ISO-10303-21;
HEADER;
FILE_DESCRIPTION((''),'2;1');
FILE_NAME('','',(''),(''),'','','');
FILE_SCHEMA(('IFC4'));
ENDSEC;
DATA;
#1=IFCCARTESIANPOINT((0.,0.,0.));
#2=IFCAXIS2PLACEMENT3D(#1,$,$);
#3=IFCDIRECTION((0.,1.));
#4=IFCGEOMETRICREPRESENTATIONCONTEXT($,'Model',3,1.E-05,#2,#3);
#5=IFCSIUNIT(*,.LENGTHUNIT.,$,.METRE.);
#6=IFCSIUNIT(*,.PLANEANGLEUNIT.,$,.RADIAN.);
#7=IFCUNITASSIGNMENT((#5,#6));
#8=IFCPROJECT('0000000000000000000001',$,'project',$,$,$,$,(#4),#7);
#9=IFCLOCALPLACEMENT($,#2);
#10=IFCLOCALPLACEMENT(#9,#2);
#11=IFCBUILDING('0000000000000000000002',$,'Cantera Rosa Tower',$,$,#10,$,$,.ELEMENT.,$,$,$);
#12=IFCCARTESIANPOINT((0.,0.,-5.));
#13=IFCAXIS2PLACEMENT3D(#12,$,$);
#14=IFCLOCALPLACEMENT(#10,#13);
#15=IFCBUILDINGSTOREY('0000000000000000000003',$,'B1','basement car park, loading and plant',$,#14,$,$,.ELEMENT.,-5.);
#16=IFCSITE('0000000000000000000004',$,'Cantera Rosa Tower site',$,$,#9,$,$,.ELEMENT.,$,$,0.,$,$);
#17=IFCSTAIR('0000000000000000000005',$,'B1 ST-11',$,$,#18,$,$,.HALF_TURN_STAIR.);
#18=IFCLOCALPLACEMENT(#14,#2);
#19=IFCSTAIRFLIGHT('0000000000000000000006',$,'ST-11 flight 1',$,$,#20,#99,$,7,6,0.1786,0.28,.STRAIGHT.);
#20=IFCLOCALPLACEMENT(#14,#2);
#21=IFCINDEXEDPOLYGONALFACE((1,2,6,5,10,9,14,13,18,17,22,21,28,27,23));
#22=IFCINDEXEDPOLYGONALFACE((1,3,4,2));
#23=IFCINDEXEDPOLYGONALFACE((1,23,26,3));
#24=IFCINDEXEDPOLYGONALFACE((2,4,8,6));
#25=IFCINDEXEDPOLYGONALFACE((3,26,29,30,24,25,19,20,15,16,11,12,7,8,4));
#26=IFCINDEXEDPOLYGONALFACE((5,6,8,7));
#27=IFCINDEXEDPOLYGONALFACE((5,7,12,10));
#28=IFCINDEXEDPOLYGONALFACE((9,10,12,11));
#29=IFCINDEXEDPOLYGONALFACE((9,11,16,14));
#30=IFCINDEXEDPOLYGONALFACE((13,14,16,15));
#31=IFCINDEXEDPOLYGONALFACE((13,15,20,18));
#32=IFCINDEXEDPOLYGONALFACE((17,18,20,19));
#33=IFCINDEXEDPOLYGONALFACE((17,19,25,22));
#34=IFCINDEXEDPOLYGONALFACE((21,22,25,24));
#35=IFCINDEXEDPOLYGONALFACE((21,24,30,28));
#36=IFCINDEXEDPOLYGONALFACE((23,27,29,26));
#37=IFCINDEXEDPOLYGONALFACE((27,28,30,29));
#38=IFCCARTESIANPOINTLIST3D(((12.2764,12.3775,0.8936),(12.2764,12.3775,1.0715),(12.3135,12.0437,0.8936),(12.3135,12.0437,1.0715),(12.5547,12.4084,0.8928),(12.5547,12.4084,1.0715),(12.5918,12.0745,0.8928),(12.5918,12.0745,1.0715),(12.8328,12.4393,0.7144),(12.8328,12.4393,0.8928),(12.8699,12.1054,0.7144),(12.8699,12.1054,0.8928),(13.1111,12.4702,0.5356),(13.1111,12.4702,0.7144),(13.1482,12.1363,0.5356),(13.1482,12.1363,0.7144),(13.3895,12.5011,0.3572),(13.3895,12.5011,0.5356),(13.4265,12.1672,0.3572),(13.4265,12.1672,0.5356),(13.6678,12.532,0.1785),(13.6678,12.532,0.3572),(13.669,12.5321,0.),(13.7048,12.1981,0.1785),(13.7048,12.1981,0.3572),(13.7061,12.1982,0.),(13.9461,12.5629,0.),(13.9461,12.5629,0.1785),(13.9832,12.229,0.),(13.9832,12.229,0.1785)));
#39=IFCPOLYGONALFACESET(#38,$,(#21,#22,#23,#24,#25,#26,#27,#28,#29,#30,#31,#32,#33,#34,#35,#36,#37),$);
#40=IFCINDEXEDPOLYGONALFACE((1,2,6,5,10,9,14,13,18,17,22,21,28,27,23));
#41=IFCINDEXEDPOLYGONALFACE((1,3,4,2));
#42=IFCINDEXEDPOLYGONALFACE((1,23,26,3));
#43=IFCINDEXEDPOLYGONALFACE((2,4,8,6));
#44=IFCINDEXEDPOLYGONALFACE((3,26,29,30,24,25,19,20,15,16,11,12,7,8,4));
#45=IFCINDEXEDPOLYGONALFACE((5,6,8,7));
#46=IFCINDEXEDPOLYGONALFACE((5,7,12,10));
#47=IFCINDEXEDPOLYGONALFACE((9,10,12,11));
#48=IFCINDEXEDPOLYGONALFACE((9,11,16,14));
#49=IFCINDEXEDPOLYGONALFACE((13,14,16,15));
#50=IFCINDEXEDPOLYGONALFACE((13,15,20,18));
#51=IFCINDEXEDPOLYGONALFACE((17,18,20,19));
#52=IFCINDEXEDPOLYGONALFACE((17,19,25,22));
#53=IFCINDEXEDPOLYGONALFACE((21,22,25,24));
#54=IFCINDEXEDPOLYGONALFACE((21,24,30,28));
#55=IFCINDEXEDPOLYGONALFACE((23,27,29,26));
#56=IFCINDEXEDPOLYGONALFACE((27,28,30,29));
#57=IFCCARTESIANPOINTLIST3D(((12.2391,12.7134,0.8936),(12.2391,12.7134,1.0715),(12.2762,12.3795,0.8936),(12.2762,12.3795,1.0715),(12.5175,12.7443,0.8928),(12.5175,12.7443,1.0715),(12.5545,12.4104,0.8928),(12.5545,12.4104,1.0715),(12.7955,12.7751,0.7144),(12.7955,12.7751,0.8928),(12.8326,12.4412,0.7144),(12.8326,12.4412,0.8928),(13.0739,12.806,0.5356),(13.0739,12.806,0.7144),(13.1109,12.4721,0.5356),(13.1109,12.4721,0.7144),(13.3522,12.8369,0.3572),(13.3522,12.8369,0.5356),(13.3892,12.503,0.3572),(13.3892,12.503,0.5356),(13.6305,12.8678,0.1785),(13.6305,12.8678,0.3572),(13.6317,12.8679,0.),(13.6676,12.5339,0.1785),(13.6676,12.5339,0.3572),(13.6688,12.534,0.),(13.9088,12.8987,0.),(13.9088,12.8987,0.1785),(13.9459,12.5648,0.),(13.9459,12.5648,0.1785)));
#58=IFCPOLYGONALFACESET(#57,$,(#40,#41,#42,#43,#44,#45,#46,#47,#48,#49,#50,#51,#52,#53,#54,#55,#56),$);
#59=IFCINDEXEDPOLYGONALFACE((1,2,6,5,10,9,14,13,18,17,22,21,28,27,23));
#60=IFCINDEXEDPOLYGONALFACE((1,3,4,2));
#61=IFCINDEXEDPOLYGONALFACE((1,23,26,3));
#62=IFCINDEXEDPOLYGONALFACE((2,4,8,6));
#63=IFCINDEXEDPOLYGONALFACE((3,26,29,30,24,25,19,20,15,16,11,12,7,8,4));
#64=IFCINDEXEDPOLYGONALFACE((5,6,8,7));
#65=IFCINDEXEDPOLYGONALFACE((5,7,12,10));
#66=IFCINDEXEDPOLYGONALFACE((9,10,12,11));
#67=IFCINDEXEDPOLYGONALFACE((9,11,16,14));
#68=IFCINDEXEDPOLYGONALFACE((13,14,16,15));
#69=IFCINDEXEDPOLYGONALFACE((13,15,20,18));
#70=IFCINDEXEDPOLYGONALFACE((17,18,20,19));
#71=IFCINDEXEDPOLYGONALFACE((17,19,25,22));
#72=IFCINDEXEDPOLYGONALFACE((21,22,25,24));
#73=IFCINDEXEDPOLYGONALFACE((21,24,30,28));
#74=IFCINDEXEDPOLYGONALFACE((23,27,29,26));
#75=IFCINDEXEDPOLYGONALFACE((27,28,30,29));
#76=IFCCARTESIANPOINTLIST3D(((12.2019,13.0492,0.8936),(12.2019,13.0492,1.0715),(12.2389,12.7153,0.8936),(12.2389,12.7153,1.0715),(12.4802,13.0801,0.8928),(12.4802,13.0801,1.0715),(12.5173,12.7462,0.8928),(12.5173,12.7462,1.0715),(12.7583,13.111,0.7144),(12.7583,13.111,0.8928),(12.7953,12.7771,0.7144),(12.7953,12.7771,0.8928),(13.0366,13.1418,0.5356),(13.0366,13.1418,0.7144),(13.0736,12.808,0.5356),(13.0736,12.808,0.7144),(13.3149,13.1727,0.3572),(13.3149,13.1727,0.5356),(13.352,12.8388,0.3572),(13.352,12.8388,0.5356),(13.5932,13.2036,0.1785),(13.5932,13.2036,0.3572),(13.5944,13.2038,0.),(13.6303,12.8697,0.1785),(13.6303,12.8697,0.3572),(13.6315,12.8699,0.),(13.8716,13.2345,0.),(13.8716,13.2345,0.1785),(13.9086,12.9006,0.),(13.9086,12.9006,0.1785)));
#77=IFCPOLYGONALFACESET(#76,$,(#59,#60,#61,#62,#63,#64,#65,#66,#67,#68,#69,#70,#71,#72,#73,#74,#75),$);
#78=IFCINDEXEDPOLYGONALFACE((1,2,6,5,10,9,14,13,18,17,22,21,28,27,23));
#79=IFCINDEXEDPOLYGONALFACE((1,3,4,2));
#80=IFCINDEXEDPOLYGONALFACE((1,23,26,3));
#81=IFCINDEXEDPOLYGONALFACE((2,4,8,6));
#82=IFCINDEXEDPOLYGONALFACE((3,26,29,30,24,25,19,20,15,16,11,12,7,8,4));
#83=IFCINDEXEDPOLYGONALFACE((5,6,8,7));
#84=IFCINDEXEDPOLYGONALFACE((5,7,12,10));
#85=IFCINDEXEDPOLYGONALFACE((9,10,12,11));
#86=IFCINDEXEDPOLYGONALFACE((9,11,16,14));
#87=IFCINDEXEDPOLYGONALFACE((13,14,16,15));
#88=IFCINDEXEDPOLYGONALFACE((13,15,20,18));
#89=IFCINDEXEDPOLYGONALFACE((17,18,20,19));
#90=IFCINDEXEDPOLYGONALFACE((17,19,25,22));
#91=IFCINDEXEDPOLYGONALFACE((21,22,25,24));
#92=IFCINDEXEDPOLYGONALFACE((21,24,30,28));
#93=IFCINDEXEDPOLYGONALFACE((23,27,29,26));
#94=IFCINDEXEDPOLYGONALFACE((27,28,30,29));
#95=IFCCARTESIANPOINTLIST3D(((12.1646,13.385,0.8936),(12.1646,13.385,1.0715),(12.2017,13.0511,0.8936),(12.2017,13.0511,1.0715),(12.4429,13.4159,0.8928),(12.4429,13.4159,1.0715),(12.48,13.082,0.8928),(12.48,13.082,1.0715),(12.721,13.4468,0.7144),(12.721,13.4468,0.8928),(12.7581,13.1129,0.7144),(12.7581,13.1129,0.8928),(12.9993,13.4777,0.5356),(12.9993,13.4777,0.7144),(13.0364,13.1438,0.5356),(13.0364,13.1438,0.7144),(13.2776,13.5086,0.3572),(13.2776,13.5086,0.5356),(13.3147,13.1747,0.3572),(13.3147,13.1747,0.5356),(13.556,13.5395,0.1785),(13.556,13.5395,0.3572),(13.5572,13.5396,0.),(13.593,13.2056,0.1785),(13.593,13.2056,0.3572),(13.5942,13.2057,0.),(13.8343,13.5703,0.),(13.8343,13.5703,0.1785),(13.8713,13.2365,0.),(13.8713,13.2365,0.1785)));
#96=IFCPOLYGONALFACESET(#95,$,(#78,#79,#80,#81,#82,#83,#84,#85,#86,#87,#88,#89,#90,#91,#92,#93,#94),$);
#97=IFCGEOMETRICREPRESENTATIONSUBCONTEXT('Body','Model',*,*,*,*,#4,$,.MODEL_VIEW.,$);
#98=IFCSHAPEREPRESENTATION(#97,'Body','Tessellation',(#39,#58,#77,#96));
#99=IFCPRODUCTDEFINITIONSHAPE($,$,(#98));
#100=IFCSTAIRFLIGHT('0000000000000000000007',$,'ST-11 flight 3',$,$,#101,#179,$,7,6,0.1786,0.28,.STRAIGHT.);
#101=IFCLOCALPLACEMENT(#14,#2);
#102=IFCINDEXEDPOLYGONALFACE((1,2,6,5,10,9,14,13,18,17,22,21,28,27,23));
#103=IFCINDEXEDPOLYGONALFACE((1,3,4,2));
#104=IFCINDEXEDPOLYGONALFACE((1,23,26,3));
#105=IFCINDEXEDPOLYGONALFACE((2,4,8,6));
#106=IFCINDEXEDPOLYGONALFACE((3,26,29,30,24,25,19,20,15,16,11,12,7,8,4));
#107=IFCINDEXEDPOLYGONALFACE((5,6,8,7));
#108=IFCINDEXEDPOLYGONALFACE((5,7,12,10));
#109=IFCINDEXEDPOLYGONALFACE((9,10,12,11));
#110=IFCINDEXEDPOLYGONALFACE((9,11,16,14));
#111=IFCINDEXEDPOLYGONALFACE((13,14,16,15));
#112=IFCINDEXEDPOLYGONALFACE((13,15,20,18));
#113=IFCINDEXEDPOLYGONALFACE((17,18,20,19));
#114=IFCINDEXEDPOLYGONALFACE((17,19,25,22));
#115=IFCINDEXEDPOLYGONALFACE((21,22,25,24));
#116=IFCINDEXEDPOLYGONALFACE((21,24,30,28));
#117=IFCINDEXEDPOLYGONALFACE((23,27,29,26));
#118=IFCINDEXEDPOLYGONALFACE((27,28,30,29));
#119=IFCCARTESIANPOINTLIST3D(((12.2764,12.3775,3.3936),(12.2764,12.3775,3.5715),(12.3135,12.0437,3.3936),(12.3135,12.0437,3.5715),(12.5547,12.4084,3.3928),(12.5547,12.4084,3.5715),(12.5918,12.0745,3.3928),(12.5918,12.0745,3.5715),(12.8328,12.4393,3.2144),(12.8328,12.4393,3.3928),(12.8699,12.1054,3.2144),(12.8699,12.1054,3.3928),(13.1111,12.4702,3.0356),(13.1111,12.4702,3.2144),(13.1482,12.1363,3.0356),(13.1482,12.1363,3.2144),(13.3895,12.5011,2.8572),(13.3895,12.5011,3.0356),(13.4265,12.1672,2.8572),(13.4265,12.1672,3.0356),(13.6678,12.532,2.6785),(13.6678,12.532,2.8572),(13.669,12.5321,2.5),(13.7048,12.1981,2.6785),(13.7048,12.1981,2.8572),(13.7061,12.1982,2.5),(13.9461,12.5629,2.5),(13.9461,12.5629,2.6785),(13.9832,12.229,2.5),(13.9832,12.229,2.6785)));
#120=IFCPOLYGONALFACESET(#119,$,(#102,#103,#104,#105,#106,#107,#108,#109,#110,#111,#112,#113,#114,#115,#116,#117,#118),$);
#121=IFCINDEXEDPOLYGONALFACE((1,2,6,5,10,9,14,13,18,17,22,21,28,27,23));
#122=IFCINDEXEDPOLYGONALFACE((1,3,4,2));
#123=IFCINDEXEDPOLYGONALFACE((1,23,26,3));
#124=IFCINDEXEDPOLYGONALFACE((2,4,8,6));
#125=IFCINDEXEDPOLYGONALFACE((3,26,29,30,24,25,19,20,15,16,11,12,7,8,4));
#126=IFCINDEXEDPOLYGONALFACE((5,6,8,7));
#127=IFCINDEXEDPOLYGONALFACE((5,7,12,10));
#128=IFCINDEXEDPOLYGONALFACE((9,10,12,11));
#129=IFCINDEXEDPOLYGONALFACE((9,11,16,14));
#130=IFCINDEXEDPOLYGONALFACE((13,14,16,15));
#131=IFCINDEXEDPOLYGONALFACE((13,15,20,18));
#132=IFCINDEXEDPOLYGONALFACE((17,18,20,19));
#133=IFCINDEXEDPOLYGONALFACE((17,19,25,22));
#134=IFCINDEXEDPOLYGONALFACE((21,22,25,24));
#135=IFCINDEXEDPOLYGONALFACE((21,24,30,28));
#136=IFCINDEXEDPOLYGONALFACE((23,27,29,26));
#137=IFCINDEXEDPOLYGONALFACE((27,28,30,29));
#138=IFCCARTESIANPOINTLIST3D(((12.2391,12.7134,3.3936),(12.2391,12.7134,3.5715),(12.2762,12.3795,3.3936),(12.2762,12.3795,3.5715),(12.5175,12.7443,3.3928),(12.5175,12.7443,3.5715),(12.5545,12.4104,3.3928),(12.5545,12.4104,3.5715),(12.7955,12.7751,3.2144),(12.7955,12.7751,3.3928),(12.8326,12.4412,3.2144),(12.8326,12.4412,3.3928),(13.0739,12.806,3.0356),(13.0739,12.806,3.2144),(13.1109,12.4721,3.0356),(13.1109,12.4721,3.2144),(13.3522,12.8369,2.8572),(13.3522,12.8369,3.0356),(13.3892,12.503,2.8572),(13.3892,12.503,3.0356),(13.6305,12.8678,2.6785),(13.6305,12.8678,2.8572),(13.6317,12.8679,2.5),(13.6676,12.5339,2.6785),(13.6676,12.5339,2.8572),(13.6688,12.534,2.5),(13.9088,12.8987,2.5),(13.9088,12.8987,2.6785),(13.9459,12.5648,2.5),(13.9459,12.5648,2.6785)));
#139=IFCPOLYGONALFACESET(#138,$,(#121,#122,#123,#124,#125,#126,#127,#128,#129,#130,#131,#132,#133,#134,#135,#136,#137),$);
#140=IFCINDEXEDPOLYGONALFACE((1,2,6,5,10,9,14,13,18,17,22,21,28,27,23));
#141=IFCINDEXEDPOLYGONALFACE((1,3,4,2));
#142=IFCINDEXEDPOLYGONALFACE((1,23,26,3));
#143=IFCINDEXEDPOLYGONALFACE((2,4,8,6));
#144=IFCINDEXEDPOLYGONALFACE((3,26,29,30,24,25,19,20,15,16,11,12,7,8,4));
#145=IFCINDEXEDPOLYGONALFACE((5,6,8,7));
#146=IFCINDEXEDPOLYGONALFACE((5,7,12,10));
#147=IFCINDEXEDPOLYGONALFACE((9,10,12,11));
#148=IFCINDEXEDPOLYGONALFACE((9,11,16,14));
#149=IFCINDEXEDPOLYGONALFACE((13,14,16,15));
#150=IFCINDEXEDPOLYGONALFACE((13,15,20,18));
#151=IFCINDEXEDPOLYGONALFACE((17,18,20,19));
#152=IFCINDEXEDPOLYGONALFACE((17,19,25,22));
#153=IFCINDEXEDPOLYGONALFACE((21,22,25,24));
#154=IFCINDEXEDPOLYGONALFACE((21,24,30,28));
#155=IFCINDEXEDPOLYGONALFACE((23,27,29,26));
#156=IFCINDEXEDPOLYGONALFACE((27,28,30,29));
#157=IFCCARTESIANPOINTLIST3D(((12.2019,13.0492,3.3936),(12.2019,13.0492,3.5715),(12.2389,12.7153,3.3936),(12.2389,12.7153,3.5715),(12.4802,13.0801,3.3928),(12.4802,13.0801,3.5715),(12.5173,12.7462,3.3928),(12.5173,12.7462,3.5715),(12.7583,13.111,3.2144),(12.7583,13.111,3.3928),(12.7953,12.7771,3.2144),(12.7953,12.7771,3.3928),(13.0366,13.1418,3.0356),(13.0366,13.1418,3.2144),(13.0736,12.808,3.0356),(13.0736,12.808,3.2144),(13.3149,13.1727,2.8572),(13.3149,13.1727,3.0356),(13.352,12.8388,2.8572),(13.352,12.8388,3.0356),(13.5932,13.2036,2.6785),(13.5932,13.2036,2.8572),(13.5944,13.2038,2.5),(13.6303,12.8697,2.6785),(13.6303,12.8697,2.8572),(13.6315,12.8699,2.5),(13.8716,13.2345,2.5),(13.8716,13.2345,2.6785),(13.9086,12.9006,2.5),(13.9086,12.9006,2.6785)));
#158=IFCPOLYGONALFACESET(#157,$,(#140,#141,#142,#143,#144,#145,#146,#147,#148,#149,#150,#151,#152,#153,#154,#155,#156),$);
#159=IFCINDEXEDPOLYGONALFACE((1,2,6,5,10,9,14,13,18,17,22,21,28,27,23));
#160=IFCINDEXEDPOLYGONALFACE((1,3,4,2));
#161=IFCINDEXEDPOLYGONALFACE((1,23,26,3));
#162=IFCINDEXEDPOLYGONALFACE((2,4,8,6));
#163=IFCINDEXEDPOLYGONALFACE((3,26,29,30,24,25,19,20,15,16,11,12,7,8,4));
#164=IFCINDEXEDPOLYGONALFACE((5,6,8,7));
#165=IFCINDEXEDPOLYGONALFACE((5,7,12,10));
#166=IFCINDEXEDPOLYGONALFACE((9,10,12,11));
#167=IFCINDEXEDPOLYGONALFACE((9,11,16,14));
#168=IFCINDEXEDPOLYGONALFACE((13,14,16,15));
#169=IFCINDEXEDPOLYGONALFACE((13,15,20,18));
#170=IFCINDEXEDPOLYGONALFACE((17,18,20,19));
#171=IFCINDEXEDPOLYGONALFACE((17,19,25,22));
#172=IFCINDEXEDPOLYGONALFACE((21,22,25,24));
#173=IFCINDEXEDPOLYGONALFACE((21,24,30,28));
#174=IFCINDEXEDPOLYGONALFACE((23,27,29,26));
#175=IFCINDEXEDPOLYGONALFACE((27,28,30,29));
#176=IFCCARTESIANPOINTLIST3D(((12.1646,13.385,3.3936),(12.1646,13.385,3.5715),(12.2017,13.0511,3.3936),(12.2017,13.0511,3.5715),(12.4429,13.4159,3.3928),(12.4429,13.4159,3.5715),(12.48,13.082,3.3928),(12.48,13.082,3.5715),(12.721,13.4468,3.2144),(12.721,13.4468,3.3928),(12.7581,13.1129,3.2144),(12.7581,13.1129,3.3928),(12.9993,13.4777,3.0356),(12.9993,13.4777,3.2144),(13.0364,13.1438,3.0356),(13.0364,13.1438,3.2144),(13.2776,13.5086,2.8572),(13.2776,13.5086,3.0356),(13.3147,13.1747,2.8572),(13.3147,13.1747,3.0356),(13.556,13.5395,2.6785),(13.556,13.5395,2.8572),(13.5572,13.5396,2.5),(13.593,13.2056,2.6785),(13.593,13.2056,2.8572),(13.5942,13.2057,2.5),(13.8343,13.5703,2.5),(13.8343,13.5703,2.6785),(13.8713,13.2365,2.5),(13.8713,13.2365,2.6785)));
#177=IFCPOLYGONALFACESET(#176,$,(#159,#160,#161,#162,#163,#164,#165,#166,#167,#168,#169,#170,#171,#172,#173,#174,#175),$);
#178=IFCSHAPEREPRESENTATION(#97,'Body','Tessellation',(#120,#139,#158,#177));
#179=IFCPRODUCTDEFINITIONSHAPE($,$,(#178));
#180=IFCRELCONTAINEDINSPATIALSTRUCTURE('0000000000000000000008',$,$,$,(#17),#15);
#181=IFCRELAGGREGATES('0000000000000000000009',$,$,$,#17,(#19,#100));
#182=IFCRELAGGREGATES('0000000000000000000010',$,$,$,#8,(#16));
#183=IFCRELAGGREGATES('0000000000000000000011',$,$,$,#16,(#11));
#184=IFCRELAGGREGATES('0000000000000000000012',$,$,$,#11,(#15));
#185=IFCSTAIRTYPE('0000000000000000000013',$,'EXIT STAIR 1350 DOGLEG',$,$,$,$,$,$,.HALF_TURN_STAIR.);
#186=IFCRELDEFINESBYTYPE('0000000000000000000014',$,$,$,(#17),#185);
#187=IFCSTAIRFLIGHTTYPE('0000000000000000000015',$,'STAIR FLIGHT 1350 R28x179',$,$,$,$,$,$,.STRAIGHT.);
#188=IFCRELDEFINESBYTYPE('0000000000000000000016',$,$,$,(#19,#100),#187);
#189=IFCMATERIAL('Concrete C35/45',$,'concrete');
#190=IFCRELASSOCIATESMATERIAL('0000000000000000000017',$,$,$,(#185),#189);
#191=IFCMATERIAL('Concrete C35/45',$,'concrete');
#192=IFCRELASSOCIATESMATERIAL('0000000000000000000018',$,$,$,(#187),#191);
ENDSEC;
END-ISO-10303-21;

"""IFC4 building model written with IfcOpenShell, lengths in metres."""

from ifc_helpers import new_model, si_unit, direction, frame, origin, place, context, subcontext, project, spatial, polyline, outline, extrude, material, type_object, element, aggregate, save


model = new_model("IFC4")

# Units and contexts
model_context = context("Model", 3, precision=1e-05, world=origin(), true_north=direction((0.0, 1.0)))
body_context = subcontext(model_context, "Body", "Model", "MODEL_VIEW")
ifc_project = project(units=[si_unit("LENGTHUNIT", "METRE"), si_unit("PLANEANGLEUNIT", "RADIAN")], contexts=[model_context])

# Site, building, storey
site_placement = place(None, origin())
site = spatial("IfcSite", under=ifc_project, at=site_placement, Name="Cantera Rosa Tower site", CompositionType="ELEMENT", RefElevation=0.0)
building_placement = place(site_placement, origin())
building = spatial("IfcBuilding", under=site, at=building_placement, Name="Cantera Rosa Tower", CompositionType="ELEMENT")
storey_placement = place(building_placement, frame((0.0, 0.0, -5.0)))
storey = spatial("IfcBuildingStorey", under=building, at=storey_placement, Name="B1", Description="basement car park, loading and plant", CompositionType="ELEMENT", Elevation=-5.0)

# Stair, stair flights
ifc_material_1 = material(Name="Concrete C35/45", Category="concrete")
stair_type = type_object("IfcStairType", Name="EXIT STAIR 1350 DOGLEG", PredefinedType="HALF_TURN_STAIR", material=ifc_material_1)
stair_placement = place(storey_placement, origin())
stair = element("IfcStair", 1, at=stair_placement, inside=storey, type_object=stair_type, Name="B1 ST-11", PredefinedType="HALF_TURN_STAIR")
ifc_material_2 = material(Name="Concrete C35/45", Category="concrete")
stair_flight_type = type_object("IfcStairFlightType", Name="STAIR FLIGHT 1350 R28x179", PredefinedType="STRAIGHT", material=ifc_material_2)
stair_flight_1_placement = place(storey_placement, frame((13.9087, 12.8999, 0.0), z_axis=(0.0, 0.0, 1.0), x_axis=(-0.993897, -0.110313, 0.0)))
stair_flight_1 = element("IfcStairFlight", 2, at=stair_flight_1_placement, type_object=stair_flight_type, Name="ST-11 flight 1", NumberOfRisers=7, NumberOfTreads=6, PredefinedType="STRAIGHT", RiserHeight=0.1786, TreadLength=0.28, context=body_context, shape_type="SweptSolid", body=[
    extrude(outline(polyline([(0.0, 0.0), (0.0, 0.1785), (0.28, 0.1785), (0.28, 0.3572), (0.5601, 0.3572), (0.5601, 0.5356), (0.8401, 0.5356), (0.8401, 0.7144), (1.1201, 0.7144), (1.1201, 0.8928), (1.3999, 0.8928), (1.3999, 1.0715), (1.6799, 1.0715), (1.6799, 1.25), (1.6799, 0.8936), (0.2788, 0.0), (0.0, 0.0)])), frame((0.0, 0.675, 0.0), z_axis=(0.0, -1.0, 0.0), x_axis=(1.0, 0.0, 0.0)), (0.0, 0.0, 1.0), 0.3359),
    extrude(outline(polyline([(0.0, 0.0), (0.0, 0.1785), (0.28, 0.1785), (0.28, 0.3572), (0.5601, 0.3572), (0.5601, 0.5356), (0.8401, 0.5356), (0.8401, 0.7144), (1.1201, 0.7144), (1.1201, 0.8928), (1.3999, 0.8928), (1.3999, 1.0715), (1.6799, 1.0715), (1.6799, 1.25), (1.6799, 0.8936), (0.2788, 0.0), (0.0, 0.0)])), frame((0.0, 0.3372, 0.0), z_axis=(0.0, -1.0, 0.0), x_axis=(1.0, 0.0, 0.0)), (0.0, 0.0, 1.0), 0.3359),
    extrude(outline(polyline([(0.0, 0.0), (0.0, 0.1785), (0.28, 0.1785), (0.28, 0.3572), (0.5601, 0.3572), (0.5601, 0.5356), (0.8401, 0.5356), (0.8401, 0.7144), (1.1201, 0.7144), (1.1201, 0.8928), (1.3999, 0.8928), (1.3999, 1.0715), (1.6799, 1.0715), (1.6799, 1.25), (1.6799, 0.8936), (0.2788, 0.0), (0.0, 0.0)])), frame((0.0, -0.0007, 0.0), z_axis=(0.0, -1.0, 0.0), x_axis=(1.0, 0.0, 0.0)), (0.0, 0.0, 1.0), 0.3359),
    extrude(outline(polyline([(0.0, 0.0), (0.0, 0.1785), (0.28, 0.1785), (0.28, 0.3572), (0.5601, 0.3572), (0.5601, 0.5356), (0.8401, 0.5356), (0.8401, 0.7144), (1.1201, 0.7144), (1.1201, 0.8928), (1.3999, 0.8928), (1.3999, 1.0715), (1.6799, 1.0715), (1.6799, 1.25), (1.6799, 0.8936), (0.2788, 0.0), (0.0, 0.0)])), frame((0.0, -0.3386, 0.0), z_axis=(0.0, -1.0, 0.0), x_axis=(1.0, 0.0, 0.0)), (0.0, 0.0, 1.0), 0.3359),
])
stair_flight_2_placement = place(storey_placement, frame((13.9087, 12.8999, 2.5), z_axis=(0.0, 0.0, 1.0), x_axis=(-0.993897, -0.110313, 0.0)))
stair_flight_2 = element("IfcStairFlight", 3, at=stair_flight_2_placement, type_object=stair_flight_type, Name="ST-11 flight 3", NumberOfRisers=7, NumberOfTreads=6, PredefinedType="STRAIGHT", RiserHeight=0.1786, TreadLength=0.28, context=body_context, shape_type="SweptSolid", body=[
    extrude(outline(polyline([(0.0, 0.0), (0.0, 0.1785), (0.28, 0.1785), (0.28, 0.3572), (0.5601, 0.3572), (0.5601, 0.5356), (0.8401, 0.5356), (0.8401, 0.7144), (1.1201, 0.7144), (1.1201, 0.8928), (1.3999, 0.8928), (1.3999, 1.0715), (1.6799, 1.0715), (1.6799, 1.25), (1.6799, 0.8936), (0.2788, 0.0), (0.0, 0.0)])), frame((0.0, 0.675, 0.0), z_axis=(0.0, -1.0, 0.0), x_axis=(1.0, 0.0, 0.0)), (0.0, 0.0, 1.0), 0.3359),
    extrude(outline(polyline([(0.0, 0.0), (0.0, 0.1785), (0.28, 0.1785), (0.28, 0.3572), (0.5601, 0.3572), (0.5601, 0.5356), (0.8401, 0.5356), (0.8401, 0.7144), (1.1201, 0.7144), (1.1201, 0.8928), (1.3999, 0.8928), (1.3999, 1.0715), (1.6799, 1.0715), (1.6799, 1.25), (1.6799, 0.8936), (0.2788, 0.0), (0.0, 0.0)])), frame((0.0, 0.3372, 0.0), z_axis=(0.0, -1.0, 0.0), x_axis=(1.0, 0.0, 0.0)), (0.0, 0.0, 1.0), 0.3359),
    extrude(outline(polyline([(0.0, 0.0), (0.0, 0.1785), (0.28, 0.1785), (0.28, 0.3572), (0.5601, 0.3572), (0.5601, 0.5356), (0.8401, 0.5356), (0.8401, 0.7144), (1.1201, 0.7144), (1.1201, 0.8928), (1.3999, 0.8928), (1.3999, 1.0715), (1.6799, 1.0715), (1.6799, 1.25), (1.6799, 0.8936), (0.2788, 0.0), (0.0, 0.0)])), frame((0.0, -0.0007, 0.0), z_axis=(0.0, -1.0, 0.0), x_axis=(1.0, 0.0, 0.0)), (0.0, 0.0, 1.0), 0.3359),
    extrude(outline(polyline([(0.0, 0.0), (0.0, 0.1785), (0.28, 0.1785), (0.28, 0.3572), (0.5601, 0.3572), (0.5601, 0.5356), (0.8401, 0.5356), (0.8401, 0.7144), (1.1201, 0.7144), (1.1201, 0.8928), (1.3999, 0.8928), (1.3999, 1.0715), (1.6799, 1.0715), (1.6799, 1.25), (1.6799, 0.8936), (0.2788, 0.0), (0.0, 0.0)])), frame((0.0, -0.3386, 0.0), z_axis=(0.0, -1.0, 0.0), x_axis=(1.0, 0.0, 0.0)), (0.0, 0.0, 1.0), 0.3359),
])
aggregate(stair, [stair_flight_1, stair_flight_2])

save(model, "model.ifc")
